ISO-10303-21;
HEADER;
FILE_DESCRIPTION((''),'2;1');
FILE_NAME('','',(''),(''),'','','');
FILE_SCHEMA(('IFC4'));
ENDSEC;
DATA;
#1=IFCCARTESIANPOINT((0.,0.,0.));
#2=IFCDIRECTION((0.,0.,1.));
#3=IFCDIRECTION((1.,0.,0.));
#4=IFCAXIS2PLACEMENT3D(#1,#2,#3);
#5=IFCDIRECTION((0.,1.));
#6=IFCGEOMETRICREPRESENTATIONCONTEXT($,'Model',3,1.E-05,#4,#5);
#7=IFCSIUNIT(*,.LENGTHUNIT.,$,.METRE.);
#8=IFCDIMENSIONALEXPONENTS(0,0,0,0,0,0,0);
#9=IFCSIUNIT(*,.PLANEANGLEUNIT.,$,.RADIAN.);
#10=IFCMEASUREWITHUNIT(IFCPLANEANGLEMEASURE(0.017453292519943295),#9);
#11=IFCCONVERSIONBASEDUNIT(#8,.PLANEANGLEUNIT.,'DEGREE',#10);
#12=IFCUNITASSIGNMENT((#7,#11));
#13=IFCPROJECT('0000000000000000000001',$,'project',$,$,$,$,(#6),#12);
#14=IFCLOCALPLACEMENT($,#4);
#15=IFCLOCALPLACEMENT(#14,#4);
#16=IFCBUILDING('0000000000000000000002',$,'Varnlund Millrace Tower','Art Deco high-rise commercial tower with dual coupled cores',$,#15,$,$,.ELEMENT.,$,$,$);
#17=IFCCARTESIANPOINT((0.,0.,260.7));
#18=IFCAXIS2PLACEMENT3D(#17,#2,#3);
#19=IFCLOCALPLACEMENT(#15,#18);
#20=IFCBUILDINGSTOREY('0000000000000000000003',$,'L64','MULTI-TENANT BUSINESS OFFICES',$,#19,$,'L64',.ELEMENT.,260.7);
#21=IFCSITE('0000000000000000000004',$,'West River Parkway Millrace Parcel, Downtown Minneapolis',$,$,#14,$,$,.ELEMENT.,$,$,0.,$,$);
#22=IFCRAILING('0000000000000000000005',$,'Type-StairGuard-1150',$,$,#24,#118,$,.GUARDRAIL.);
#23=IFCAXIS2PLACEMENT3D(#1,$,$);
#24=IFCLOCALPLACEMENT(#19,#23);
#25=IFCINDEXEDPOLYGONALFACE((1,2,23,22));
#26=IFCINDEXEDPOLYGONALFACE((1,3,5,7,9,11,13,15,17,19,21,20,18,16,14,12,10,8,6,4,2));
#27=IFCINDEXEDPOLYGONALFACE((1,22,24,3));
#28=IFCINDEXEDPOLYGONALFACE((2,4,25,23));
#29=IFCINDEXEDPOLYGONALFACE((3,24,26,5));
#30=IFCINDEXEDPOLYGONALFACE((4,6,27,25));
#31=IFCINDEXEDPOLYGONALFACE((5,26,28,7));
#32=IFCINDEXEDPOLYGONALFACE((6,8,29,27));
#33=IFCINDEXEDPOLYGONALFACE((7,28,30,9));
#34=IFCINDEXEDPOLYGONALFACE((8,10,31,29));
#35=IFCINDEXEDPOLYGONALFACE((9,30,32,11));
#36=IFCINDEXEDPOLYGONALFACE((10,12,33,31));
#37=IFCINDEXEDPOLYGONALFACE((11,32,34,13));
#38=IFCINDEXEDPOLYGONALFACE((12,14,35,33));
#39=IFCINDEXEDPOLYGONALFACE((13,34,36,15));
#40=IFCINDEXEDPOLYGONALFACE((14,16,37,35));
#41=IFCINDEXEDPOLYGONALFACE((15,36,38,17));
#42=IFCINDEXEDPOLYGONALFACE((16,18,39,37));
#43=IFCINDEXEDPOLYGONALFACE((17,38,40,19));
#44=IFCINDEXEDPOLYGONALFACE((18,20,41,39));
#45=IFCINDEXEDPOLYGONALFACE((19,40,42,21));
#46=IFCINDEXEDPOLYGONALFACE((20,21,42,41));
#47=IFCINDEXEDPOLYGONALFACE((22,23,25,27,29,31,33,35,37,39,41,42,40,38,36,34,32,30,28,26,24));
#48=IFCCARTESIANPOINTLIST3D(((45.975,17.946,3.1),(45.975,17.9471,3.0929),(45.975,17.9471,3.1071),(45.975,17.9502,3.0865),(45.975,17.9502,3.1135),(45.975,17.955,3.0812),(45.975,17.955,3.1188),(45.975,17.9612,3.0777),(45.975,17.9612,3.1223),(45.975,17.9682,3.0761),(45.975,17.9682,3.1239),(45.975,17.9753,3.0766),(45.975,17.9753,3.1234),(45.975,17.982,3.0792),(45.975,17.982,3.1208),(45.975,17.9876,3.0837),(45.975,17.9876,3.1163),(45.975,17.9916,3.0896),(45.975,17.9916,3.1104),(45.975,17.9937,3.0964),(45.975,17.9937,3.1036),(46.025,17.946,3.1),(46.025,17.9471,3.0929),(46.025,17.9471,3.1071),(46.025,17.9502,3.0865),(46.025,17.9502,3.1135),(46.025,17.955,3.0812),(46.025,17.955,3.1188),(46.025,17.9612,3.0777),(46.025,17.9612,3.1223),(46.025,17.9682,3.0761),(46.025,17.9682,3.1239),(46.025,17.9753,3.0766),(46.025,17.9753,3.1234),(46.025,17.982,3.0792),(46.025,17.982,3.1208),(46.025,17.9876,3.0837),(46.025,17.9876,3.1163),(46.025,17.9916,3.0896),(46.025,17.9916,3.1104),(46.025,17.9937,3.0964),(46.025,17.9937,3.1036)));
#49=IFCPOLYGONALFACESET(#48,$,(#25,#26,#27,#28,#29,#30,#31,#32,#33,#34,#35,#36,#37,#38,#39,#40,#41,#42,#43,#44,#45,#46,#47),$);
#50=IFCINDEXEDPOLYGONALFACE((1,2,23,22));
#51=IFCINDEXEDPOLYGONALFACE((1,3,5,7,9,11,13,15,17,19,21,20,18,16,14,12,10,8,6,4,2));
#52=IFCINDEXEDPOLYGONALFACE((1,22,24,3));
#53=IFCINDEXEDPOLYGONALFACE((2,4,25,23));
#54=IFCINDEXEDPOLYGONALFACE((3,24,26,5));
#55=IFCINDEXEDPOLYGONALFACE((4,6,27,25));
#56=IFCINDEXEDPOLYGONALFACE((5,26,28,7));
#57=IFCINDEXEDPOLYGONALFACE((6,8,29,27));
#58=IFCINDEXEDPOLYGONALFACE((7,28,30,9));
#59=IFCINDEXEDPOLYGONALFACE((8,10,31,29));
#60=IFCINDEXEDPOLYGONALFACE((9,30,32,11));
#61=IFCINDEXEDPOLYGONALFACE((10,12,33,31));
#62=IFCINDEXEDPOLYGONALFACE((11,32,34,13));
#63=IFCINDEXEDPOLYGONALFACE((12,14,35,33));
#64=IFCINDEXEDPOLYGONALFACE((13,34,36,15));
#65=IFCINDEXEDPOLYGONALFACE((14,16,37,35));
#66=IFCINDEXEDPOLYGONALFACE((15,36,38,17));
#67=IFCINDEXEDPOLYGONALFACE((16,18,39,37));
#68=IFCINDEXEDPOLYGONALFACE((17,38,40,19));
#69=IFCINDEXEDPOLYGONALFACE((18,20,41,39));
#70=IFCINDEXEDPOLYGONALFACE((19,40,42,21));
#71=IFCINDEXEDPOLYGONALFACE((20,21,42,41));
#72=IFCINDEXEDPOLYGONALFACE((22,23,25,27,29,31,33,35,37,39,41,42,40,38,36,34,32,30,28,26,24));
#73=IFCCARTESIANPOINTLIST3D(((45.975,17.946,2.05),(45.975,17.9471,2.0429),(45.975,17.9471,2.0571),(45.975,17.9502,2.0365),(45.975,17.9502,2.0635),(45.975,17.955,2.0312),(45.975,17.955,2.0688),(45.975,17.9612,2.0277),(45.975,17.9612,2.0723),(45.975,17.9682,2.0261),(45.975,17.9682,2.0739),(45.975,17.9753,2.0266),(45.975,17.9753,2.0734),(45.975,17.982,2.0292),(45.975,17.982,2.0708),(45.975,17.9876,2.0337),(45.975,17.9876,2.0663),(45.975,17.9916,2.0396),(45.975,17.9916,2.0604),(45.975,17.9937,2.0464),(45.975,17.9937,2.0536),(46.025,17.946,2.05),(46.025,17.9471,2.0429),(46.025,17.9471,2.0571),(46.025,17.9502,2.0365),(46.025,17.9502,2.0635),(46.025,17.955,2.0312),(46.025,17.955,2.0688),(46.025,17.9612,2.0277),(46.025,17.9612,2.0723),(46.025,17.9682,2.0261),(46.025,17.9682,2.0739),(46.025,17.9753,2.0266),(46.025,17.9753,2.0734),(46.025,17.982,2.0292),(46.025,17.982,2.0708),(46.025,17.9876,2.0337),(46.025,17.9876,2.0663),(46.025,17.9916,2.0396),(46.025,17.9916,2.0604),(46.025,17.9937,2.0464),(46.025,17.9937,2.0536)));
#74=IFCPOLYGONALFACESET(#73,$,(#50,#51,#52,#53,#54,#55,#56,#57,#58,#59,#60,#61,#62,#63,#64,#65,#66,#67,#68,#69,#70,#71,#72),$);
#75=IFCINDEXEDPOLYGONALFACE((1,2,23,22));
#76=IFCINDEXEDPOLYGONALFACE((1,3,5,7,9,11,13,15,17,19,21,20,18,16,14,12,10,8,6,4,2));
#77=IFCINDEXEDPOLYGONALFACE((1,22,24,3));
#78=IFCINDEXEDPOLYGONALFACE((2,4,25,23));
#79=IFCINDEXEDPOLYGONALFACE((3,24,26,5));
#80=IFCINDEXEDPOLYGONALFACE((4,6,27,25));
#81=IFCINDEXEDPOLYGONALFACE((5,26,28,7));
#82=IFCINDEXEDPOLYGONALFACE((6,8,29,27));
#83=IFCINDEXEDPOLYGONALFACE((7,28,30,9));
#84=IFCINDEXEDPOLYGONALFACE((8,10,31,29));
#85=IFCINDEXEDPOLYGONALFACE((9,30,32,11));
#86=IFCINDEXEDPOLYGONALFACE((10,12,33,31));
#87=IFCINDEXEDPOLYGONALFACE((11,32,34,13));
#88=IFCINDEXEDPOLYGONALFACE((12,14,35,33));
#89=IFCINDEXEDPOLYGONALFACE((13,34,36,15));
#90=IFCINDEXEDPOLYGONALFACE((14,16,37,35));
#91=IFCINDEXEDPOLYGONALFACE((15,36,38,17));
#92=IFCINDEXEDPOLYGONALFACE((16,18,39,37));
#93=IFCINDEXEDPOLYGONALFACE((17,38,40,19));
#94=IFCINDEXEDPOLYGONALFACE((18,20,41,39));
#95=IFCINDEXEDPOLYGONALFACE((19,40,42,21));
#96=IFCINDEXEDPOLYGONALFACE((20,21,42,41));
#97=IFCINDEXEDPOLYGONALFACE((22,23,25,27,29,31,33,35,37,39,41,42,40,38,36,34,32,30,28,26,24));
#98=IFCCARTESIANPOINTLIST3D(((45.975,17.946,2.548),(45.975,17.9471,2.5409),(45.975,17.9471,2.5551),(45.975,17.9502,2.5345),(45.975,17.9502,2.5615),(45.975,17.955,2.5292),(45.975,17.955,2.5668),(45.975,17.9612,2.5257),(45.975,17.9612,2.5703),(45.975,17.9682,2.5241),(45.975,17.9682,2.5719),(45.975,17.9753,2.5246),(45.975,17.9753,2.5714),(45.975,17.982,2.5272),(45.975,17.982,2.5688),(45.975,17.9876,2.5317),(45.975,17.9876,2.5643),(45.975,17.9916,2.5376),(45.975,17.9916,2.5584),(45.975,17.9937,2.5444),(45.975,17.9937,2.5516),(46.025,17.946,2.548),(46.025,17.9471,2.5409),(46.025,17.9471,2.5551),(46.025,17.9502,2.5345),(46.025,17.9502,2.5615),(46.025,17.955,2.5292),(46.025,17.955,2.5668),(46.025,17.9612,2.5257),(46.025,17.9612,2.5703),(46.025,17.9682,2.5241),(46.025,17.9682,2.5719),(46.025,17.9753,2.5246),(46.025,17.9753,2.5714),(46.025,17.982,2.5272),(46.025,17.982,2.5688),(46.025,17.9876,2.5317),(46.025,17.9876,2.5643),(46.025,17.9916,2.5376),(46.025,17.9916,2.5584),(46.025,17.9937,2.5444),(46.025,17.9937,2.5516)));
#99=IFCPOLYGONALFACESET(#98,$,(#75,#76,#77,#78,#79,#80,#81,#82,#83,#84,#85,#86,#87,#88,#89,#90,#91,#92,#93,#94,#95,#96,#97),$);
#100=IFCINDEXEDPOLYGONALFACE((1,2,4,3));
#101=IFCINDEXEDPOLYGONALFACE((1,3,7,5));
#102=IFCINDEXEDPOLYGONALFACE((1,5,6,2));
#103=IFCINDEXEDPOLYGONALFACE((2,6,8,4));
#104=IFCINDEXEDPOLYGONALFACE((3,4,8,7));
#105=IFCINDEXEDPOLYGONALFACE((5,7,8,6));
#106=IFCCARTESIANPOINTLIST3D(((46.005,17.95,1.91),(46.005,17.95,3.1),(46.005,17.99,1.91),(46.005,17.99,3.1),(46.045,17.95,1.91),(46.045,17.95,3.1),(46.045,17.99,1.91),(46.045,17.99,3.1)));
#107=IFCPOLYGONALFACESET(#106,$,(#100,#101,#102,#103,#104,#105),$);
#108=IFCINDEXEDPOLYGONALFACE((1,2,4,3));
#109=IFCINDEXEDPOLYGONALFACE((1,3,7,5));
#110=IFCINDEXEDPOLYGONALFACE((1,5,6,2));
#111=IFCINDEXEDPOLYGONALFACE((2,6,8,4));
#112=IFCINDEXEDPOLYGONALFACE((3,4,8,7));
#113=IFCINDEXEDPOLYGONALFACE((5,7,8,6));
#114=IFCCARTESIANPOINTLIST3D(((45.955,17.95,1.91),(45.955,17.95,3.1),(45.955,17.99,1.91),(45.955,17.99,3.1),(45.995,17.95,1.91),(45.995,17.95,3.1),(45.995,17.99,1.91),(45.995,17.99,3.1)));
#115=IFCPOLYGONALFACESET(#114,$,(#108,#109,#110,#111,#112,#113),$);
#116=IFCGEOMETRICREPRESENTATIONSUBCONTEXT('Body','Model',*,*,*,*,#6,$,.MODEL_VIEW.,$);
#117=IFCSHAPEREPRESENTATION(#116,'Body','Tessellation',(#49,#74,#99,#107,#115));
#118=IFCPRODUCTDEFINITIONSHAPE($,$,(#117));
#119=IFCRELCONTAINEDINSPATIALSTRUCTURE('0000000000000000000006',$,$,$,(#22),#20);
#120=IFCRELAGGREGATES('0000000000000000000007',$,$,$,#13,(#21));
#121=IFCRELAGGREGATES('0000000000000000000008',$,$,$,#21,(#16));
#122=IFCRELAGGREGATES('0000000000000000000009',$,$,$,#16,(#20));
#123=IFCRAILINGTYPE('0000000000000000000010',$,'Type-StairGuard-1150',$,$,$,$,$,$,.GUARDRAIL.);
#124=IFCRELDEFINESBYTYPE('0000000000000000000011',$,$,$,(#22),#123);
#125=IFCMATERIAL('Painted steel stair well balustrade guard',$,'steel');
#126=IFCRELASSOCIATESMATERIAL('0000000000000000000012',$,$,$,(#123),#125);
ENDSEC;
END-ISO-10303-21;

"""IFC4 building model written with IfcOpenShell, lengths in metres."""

from ifc_helpers import new_model, entity, si_unit, converted_unit, direction, frame, origin_with_axes, origin_2d_with_axis, place, context, subcontext, project, spatial, rectangle, circle, extrude, material, type_object, element, save


model = new_model("IFC4")

# Units and contexts
model_context = context("Model", 3, precision=1e-05, world=origin_with_axes(), true_north=direction((0.0, 1.0)))
body_context = subcontext(model_context, "Body", "Model", "MODEL_VIEW")
ifc_project = project(units=[si_unit("LENGTHUNIT", "METRE"), converted_unit("PLANEANGLEUNIT", "DEGREE", entity("IfcPlaneAngleMeasure", 0.017453292519943295), si_unit("PLANEANGLEUNIT", "RADIAN"), dimensions=[0, 0, 0, 0, 0, 0, 0])], contexts=[model_context])

# Site, building, storey
site_placement = place(None, origin_with_axes())
site = spatial("IfcSite", under=ifc_project, at=site_placement, Name="West River Parkway Millrace Parcel, Downtown Minneapolis", CompositionType="ELEMENT", RefElevation=0.0)
building_placement = place(site_placement, origin_with_axes())
building = spatial("IfcBuilding", under=site, at=building_placement, Name="Varnlund Millrace Tower", Description="Art Deco high-rise commercial tower with dual coupled cores", CompositionType="ELEMENT")
storey_placement = place(building_placement, frame((0.0, 0.0, 260.7), z_axis=(0.0, 0.0, 1.0), x_axis=(1.0, 0.0, 0.0)))
storey = spatial("IfcBuildingStorey", under=building, at=storey_placement, Name="L64", Description="MULTI-TENANT BUSINESS OFFICES", LongName="L64", CompositionType="ELEMENT", Elevation=260.7)

# Railing
ifc_material_1 = material(Name="Painted steel stair well balustrade guard", Category="steel")
railing_type_1 = type_object("IfcRailingType", Name="Type-StairGuard-1150", PredefinedType="GUARDRAIL", material=ifc_material_1)
railing_1_placement = place(storey_placement, frame((0.0, 0.0, -260.7), z_axis=(0.0, 0.0, 1.0), x_axis=(1.0, 0.0, 0.0)))
element("IfcRailing", 1, at=railing_1_placement, inside=storey, type_object=railing_type_1, Name="Type-StairGuard-1150", PredefinedType="GUARDRAIL", context=body_context, shape_type="SweptSolid", body=[
    extrude(circle(Radius=0.024, at=origin_2d_with_axis()), frame((46.025, 17.97, 263.8), z_axis=(-1.0, 0.0, 0.0), x_axis=(0.0, -1.0, 0.0)), (0.0, 0.0, 1.0), 0.05),
    extrude(circle(Radius=0.024, at=origin_2d_with_axis()), frame((46.025, 17.97, 262.75), z_axis=(-1.0, 0.0, 0.0), x_axis=(0.0, -1.0, 0.0)), (0.0, 0.0, 1.0), 0.05),
    extrude(circle(Radius=0.024, at=origin_2d_with_axis()), frame((46.025, 17.97, 263.248), z_axis=(-1.0, 0.0, 0.0), x_axis=(0.0, -1.0, 0.0)), (0.0, 0.0, 1.0), 0.05),
    extrude(rectangle(XDim=0.04, YDim=0.04, at=origin_2d_with_axis()), frame((46.025, 17.97, 262.61), z_axis=(0.0, 0.0, 1.0), x_axis=(1.0, 0.0, 0.0)), (0.0, 0.0, 1.0), 1.19),
    extrude(rectangle(XDim=0.04, YDim=0.04, at=origin_2d_with_axis()), frame((45.975, 17.97, 262.61), z_axis=(0.0, 0.0, 1.0), x_axis=(1.0, 0.0, 0.0)), (0.0, 0.0, 1.0), 1.19),
])

save(model, "model.ifc")
